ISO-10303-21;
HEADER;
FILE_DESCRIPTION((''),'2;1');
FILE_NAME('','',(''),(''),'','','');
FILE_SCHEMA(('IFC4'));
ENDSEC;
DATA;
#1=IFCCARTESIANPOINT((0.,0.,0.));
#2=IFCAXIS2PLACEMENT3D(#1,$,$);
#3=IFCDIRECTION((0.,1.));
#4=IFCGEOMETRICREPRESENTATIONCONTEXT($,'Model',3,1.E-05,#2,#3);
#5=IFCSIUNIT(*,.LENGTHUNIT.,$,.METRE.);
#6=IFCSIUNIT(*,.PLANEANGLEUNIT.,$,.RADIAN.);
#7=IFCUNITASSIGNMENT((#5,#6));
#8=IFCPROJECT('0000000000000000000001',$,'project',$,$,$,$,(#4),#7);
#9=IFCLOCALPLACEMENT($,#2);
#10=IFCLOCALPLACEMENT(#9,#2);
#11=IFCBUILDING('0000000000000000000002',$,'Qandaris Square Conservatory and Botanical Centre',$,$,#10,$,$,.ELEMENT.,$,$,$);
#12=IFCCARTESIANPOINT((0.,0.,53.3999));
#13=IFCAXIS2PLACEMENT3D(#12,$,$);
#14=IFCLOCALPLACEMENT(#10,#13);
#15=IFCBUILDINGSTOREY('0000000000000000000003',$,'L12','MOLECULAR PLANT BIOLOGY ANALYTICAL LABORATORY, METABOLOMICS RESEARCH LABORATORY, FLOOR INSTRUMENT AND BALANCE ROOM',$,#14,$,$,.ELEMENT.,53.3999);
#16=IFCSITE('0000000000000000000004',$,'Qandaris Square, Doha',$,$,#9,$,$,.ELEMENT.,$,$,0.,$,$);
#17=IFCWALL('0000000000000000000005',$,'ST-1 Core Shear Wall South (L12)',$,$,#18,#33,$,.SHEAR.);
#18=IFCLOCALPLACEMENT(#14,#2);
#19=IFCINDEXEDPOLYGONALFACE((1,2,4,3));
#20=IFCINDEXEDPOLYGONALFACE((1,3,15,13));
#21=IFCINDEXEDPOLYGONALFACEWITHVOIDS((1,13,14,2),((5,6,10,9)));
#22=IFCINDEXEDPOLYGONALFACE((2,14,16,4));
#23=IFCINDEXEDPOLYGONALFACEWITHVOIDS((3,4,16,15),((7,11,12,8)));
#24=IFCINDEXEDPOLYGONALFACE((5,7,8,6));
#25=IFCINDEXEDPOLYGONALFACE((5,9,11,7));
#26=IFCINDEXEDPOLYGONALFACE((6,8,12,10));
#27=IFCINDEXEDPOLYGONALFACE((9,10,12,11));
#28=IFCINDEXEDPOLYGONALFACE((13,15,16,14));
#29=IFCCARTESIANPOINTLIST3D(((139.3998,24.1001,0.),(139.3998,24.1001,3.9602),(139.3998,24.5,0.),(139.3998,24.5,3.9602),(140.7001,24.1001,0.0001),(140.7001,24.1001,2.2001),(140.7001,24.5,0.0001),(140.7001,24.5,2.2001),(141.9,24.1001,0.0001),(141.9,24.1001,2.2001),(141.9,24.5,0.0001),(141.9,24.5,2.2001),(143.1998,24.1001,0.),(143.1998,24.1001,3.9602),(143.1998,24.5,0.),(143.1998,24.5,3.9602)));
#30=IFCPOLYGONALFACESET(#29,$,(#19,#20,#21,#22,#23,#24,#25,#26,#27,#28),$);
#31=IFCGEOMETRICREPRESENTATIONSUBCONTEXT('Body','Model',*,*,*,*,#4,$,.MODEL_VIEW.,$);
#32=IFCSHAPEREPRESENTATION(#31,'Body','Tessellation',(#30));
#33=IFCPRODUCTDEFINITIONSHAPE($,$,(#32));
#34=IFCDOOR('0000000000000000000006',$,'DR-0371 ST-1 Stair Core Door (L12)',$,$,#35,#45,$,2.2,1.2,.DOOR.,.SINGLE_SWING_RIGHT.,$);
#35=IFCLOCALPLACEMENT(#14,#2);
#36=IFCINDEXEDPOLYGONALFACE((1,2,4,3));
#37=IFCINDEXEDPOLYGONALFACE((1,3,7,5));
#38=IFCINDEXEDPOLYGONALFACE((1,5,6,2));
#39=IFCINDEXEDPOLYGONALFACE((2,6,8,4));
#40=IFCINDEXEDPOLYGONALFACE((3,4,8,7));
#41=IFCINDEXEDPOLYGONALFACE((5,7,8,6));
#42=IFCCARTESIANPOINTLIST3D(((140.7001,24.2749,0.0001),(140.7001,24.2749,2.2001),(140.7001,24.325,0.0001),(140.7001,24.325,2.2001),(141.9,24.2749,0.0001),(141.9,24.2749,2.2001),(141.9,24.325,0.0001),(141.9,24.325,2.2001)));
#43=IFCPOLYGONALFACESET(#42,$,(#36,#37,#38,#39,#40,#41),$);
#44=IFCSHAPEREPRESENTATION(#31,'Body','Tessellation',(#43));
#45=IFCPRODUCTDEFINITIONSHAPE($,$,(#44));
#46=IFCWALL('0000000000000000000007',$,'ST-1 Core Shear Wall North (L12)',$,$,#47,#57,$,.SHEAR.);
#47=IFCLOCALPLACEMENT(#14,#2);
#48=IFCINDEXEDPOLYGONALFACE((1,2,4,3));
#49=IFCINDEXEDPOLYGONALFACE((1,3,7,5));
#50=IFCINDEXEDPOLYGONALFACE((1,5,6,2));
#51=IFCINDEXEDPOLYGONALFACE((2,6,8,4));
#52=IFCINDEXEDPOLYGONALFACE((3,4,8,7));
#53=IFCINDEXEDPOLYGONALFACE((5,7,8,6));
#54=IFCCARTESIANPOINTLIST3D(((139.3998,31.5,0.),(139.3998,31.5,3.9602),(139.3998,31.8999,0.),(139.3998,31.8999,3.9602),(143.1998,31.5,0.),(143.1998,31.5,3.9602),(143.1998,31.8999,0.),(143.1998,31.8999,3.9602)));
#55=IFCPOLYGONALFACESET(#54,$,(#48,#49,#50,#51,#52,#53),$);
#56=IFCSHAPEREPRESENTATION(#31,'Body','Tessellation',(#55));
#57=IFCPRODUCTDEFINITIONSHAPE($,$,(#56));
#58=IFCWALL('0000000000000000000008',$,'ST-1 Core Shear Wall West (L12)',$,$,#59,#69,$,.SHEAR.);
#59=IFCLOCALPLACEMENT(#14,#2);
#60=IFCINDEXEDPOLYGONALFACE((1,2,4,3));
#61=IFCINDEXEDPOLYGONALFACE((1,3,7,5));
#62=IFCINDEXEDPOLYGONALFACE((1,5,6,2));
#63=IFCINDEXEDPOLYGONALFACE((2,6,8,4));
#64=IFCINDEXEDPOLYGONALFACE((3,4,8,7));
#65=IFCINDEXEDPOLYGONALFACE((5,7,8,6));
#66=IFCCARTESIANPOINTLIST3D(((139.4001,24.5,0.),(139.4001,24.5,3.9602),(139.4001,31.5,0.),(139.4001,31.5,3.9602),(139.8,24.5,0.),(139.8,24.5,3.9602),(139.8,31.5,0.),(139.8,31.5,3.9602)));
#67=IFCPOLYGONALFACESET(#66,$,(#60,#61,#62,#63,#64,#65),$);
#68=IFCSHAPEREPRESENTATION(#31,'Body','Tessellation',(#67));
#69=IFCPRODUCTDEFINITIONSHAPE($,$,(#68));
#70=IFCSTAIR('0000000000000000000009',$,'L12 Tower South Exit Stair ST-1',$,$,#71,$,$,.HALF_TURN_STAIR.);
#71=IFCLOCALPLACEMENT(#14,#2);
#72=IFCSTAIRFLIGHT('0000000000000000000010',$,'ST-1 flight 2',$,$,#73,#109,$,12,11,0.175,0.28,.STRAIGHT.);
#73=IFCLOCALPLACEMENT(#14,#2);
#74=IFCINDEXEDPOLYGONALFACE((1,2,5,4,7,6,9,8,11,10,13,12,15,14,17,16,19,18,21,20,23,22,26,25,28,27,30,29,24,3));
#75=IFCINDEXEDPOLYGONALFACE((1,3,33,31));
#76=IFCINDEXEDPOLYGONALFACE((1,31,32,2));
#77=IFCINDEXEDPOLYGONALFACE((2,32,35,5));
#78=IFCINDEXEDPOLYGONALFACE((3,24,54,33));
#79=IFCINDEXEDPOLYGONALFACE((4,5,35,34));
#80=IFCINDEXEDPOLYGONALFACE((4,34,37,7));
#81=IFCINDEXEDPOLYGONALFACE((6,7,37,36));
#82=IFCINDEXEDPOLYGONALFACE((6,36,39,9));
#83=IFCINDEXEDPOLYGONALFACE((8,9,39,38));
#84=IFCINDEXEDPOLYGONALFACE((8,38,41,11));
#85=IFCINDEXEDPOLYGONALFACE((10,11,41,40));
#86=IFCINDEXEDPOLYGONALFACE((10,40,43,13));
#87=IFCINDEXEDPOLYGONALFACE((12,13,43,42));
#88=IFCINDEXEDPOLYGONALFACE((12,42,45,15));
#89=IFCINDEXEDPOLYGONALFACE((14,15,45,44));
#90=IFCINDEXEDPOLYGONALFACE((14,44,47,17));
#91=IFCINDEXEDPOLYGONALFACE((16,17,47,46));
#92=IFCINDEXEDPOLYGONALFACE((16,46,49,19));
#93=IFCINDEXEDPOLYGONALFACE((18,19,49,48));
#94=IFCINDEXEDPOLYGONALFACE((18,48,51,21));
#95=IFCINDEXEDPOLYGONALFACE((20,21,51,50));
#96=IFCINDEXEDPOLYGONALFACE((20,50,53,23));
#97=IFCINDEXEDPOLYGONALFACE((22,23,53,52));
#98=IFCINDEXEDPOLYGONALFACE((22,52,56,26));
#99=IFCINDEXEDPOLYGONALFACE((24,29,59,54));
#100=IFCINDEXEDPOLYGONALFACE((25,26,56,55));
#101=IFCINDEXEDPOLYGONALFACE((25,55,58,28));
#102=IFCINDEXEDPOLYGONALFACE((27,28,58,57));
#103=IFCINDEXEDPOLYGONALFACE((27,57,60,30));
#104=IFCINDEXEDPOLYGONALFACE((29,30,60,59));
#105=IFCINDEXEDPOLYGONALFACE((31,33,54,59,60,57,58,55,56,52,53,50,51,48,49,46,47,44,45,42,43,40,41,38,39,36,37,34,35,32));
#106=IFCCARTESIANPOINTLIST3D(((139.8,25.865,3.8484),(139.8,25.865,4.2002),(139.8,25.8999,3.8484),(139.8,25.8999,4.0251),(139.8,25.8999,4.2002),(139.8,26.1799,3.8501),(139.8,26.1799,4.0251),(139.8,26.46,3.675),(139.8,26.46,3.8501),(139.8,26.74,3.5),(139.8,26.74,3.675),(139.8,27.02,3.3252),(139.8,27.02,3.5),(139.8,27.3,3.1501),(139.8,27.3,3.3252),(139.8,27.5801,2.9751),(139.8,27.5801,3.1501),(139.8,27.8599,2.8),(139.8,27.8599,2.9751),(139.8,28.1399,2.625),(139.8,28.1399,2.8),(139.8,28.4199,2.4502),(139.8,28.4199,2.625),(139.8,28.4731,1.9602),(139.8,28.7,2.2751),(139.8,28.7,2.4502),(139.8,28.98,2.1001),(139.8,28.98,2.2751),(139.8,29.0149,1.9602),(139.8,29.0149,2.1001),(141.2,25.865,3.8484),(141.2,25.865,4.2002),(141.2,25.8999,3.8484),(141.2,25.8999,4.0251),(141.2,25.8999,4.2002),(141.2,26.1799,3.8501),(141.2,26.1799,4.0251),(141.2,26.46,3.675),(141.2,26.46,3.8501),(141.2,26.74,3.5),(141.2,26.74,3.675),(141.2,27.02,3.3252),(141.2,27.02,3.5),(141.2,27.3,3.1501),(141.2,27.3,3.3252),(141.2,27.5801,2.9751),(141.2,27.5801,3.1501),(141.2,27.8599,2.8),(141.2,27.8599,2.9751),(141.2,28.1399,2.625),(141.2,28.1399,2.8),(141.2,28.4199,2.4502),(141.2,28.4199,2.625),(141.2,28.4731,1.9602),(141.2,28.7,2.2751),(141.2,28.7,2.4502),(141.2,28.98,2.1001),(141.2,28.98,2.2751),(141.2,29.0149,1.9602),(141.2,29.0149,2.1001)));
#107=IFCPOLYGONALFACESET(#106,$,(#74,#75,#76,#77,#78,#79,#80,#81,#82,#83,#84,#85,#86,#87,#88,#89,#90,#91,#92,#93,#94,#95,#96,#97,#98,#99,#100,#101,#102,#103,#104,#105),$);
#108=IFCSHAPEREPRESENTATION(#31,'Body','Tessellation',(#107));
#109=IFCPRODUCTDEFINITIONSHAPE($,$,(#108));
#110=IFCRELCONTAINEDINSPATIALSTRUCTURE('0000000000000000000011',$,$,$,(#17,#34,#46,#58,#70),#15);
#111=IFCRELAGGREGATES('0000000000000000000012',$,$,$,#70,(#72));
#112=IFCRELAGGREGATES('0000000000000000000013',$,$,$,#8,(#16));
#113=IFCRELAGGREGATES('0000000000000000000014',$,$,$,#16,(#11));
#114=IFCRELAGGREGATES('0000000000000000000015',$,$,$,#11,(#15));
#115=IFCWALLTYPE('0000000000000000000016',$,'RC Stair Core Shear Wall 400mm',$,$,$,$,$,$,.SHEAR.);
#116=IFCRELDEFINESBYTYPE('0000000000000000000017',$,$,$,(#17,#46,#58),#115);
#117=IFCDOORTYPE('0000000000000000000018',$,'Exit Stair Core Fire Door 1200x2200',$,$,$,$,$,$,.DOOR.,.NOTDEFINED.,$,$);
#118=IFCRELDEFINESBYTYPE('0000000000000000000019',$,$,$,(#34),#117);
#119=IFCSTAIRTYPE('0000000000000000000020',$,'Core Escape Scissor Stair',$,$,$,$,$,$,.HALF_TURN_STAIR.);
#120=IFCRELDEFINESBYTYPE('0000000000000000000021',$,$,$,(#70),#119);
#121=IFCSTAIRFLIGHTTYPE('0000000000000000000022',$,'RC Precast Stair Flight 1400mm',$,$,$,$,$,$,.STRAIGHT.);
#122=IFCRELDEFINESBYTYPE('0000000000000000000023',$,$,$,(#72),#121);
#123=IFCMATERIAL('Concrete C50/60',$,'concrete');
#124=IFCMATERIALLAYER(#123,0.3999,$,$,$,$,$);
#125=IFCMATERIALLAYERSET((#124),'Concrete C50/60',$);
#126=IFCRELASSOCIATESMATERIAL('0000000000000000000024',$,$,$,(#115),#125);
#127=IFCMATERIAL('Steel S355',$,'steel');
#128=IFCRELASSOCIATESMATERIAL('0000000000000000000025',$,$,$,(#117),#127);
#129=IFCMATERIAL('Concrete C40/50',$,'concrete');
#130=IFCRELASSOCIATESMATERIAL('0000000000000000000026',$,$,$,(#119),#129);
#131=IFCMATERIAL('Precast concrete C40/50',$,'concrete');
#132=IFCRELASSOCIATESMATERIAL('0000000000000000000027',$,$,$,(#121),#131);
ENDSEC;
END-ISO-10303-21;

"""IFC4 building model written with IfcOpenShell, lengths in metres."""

from ifc_helpers import new_model, si_unit, direction, frame, frame_2d, origin, place, context, subcontext, project, spatial, polyline, rectangle, outline, extrude, material, layer, layer_set, type_object, element, fill, aggregate, save


model = new_model("IFC4")

# Units and contexts
model_context = context("Model", 3, precision=1e-05, world=origin(), true_north=direction((0.0, 1.0)))
body_context = subcontext(model_context, "Body", "Model", "MODEL_VIEW")
ifc_project = project(units=[si_unit("LENGTHUNIT", "METRE"), si_unit("PLANEANGLEUNIT", "RADIAN")], contexts=[model_context])

# Site, building, storey
site_placement = place(None, origin())
site = spatial("IfcSite", under=ifc_project, at=site_placement, Name="Qandaris Square, Doha", CompositionType="ELEMENT", RefElevation=0.0)
building_placement = place(site_placement, origin())
building = spatial("IfcBuilding", under=site, at=building_placement, Name="Qandaris Square Conservatory and Botanical Centre", CompositionType="ELEMENT")
storey_placement = place(building_placement, frame((0.0, 0.0, 53.3999)))
storey = spatial("IfcBuildingStorey", under=building, at=storey_placement, Name="L12", Description="MOLECULAR PLANT BIOLOGY ANALYTICAL LABORATORY, METABOLOMICS RESEARCH LABORATORY, FLOOR INSTRUMENT AND BALANCE ROOM", CompositionType="ELEMENT", Elevation=53.3999)

# Shared definitions
ifc_material_1 = material(Name="Concrete C50/60", Category="concrete")

# Shared definitions
ifc_material_2 = material(Name="Steel S355", Category="steel")

# Shared definitions
ifc_material_3 = material(Name="Precast concrete C40/50", Category="concrete")

# Wall, opening, door
ifc_layer_1 = layer(ifc_material_1, 0.3999)
ifc_layer_set_1 = layer_set([ifc_layer_1], Name="Concrete C50/60")
wall_type_1 = type_object("IfcWallType", Name="RC Stair Core Shear Wall 400mm", PredefinedType="SHEAR", material=ifc_layer_set_1)
wall_1_placement = place(storey_placement, frame((139.3999, 24.3, 0.0), z_axis=(0.0, 0.0, 1.0), x_axis=(1.0, 0.0, 0.0)))
wall_1 = element("IfcWall", 1, at=wall_1_placement, inside=storey, type_object=wall_type_1, Name="ST-1 Core Shear Wall South (L12)", PredefinedType="SHEAR", context=body_context, shape_type="SweptSolid", body=[
    extrude(rectangle(XDim=3.8, YDim=0.3999, at=frame_2d((1.8999, 0.0))), origin(), (0.0, 0.0, 1.0), 3.9602),
])
opening_1_placement = place(wall_1_placement, frame((1.3, 0.0, 0.0)))
opening_1 = element("IfcOpeningElement", 2, at=opening_1_placement, cuts=wall_1, PredefinedType="OPENING", context=body_context, shape_type="SweptSolid", body=[
    extrude(rectangle(XDim=1.2, YDim=2.2, at=frame_2d((0.6001, 1.1001))), frame((0.0, 0.2119, 0.0), z_axis=(0.0, -1.0, 0.0), x_axis=(1.0, 0.0, 0.0)), (0.0, 0.0, 1.0), 0.4238),
])
door_type = type_object("IfcDoorType", Name="Exit Stair Core Fire Door 1200x2200", OperationType="NOTDEFINED", PredefinedType="DOOR", material=ifc_material_2)
door_placement = place(opening_1_placement, origin())
door = element("IfcDoor", 3, at=door_placement, inside=storey, type_object=door_type, Name="DR-0371 ST-1 Stair Core Door (L12)", OperationType="SINGLE_SWING_RIGHT", OverallHeight=2.2, OverallWidth=1.2, PredefinedType="DOOR", context=body_context, shape_type="SweptSolid", body=[
    extrude(rectangle(XDim=1.2, YDim=2.2, at=frame_2d((0.6001, 1.1001))), frame((0.0, 0.0249, 0.0), z_axis=(0.0, -1.0, 0.0), x_axis=(1.0, 0.0, 0.0)), (0.0, 0.0, 1.0), 0.05),
])
fill(opening_1, door)

# Walls
wall_2_placement = place(storey_placement, frame((139.3999, 31.7, 0.0), z_axis=(0.0, 0.0, 1.0), x_axis=(1.0, 0.0, 0.0)))
element("IfcWall", 4, at=wall_2_placement, inside=storey, type_object=wall_type_1, Name="ST-1 Core Shear Wall North (L12)", PredefinedType="SHEAR", context=body_context, shape_type="SweptSolid", body=[
    extrude(rectangle(XDim=3.8, YDim=0.3999, at=frame_2d((1.8999, 0.0))), origin(), (0.0, 0.0, 1.0), 3.9602),
])
wall_3_placement = place(storey_placement, frame((139.6001, 24.5, 0.0), z_axis=(0.0, 0.0, 1.0), x_axis=(0.0, 1.0, 0.0)))
element("IfcWall", 5, at=wall_3_placement, inside=storey, type_object=wall_type_1, Name="ST-1 Core Shear Wall West (L12)", PredefinedType="SHEAR", context=body_context, shape_type="SweptSolid", body=[
    extrude(rectangle(XDim=7.0, YDim=0.3999, at=frame_2d((3.5, 0.0))), origin(), (0.0, 0.0, 1.0), 3.9602),
])

# Stair, stair flight
ifc_material_4 = material(Name="Concrete C40/50", Category="concrete")
stair_type = type_object("IfcStairType", Name="Core Escape Scissor Stair", PredefinedType="HALF_TURN_STAIR", material=ifc_material_4)
stair_placement = place(storey_placement, origin())
stair = element("IfcStair", 6, at=stair_placement, inside=storey, type_object=stair_type, Name="L12 Tower South Exit Stair ST-1", PredefinedType="HALF_TURN_STAIR")
stair_flight_type = type_object("IfcStairFlightType", Name="RC Precast Stair Flight 1400mm", PredefinedType="STRAIGHT", material=ifc_material_3)
stair_flight_placement = place(storey_placement, frame((140.5, 28.98, 2.1001), z_axis=(0.0, 0.0, 1.0), x_axis=(0.0, -1.0, 0.0)))
stair_flight = element("IfcStairFlight", 7, at=stair_flight_placement, type_object=stair_flight_type, Name="ST-1 flight 2", NumberOfRisers=12, NumberOfTreads=11, PredefinedType="STRAIGHT", RiserHeight=0.175, TreadLength=0.28, context=body_context, shape_type="SweptSolid", body=[
    extrude(outline(polyline([(-0.0349, 0.0), (0.0, 0.0), (0.0, 0.175), (0.28, 0.175), (0.28, 0.3501), (0.5601, 0.3501), (0.5601, 0.5249), (0.8401, 0.5249), (0.8401, 0.7), (1.1201, 0.7), (1.1201, 0.875), (1.3999, 0.875), (1.3999, 1.05), (1.6799, 1.05), (1.6799, 1.2251), (1.96, 1.2251), (1.96, 1.3999), (2.24, 1.3999), (2.24, 1.575), (2.52, 1.575), (2.52, 1.75), (2.8, 1.75), (2.8, 1.925), (3.0801, 1.925), (3.0801, 2.1001), (3.115, 2.1001), (3.115, 1.7483), (3.0801, 1.7483), (0.5068, -0.1399), (-0.0349, -0.1399), (-0.0349, 0.0)])), frame((0.0, 0.7, 0.0), z_axis=(0.0, -1.0, 0.0), x_axis=(1.0, 0.0, 0.0)), (0.0, 0.0, 1.0), 1.3999),
])
aggregate(stair, [stair_flight])

save(model, "model.ifc")
